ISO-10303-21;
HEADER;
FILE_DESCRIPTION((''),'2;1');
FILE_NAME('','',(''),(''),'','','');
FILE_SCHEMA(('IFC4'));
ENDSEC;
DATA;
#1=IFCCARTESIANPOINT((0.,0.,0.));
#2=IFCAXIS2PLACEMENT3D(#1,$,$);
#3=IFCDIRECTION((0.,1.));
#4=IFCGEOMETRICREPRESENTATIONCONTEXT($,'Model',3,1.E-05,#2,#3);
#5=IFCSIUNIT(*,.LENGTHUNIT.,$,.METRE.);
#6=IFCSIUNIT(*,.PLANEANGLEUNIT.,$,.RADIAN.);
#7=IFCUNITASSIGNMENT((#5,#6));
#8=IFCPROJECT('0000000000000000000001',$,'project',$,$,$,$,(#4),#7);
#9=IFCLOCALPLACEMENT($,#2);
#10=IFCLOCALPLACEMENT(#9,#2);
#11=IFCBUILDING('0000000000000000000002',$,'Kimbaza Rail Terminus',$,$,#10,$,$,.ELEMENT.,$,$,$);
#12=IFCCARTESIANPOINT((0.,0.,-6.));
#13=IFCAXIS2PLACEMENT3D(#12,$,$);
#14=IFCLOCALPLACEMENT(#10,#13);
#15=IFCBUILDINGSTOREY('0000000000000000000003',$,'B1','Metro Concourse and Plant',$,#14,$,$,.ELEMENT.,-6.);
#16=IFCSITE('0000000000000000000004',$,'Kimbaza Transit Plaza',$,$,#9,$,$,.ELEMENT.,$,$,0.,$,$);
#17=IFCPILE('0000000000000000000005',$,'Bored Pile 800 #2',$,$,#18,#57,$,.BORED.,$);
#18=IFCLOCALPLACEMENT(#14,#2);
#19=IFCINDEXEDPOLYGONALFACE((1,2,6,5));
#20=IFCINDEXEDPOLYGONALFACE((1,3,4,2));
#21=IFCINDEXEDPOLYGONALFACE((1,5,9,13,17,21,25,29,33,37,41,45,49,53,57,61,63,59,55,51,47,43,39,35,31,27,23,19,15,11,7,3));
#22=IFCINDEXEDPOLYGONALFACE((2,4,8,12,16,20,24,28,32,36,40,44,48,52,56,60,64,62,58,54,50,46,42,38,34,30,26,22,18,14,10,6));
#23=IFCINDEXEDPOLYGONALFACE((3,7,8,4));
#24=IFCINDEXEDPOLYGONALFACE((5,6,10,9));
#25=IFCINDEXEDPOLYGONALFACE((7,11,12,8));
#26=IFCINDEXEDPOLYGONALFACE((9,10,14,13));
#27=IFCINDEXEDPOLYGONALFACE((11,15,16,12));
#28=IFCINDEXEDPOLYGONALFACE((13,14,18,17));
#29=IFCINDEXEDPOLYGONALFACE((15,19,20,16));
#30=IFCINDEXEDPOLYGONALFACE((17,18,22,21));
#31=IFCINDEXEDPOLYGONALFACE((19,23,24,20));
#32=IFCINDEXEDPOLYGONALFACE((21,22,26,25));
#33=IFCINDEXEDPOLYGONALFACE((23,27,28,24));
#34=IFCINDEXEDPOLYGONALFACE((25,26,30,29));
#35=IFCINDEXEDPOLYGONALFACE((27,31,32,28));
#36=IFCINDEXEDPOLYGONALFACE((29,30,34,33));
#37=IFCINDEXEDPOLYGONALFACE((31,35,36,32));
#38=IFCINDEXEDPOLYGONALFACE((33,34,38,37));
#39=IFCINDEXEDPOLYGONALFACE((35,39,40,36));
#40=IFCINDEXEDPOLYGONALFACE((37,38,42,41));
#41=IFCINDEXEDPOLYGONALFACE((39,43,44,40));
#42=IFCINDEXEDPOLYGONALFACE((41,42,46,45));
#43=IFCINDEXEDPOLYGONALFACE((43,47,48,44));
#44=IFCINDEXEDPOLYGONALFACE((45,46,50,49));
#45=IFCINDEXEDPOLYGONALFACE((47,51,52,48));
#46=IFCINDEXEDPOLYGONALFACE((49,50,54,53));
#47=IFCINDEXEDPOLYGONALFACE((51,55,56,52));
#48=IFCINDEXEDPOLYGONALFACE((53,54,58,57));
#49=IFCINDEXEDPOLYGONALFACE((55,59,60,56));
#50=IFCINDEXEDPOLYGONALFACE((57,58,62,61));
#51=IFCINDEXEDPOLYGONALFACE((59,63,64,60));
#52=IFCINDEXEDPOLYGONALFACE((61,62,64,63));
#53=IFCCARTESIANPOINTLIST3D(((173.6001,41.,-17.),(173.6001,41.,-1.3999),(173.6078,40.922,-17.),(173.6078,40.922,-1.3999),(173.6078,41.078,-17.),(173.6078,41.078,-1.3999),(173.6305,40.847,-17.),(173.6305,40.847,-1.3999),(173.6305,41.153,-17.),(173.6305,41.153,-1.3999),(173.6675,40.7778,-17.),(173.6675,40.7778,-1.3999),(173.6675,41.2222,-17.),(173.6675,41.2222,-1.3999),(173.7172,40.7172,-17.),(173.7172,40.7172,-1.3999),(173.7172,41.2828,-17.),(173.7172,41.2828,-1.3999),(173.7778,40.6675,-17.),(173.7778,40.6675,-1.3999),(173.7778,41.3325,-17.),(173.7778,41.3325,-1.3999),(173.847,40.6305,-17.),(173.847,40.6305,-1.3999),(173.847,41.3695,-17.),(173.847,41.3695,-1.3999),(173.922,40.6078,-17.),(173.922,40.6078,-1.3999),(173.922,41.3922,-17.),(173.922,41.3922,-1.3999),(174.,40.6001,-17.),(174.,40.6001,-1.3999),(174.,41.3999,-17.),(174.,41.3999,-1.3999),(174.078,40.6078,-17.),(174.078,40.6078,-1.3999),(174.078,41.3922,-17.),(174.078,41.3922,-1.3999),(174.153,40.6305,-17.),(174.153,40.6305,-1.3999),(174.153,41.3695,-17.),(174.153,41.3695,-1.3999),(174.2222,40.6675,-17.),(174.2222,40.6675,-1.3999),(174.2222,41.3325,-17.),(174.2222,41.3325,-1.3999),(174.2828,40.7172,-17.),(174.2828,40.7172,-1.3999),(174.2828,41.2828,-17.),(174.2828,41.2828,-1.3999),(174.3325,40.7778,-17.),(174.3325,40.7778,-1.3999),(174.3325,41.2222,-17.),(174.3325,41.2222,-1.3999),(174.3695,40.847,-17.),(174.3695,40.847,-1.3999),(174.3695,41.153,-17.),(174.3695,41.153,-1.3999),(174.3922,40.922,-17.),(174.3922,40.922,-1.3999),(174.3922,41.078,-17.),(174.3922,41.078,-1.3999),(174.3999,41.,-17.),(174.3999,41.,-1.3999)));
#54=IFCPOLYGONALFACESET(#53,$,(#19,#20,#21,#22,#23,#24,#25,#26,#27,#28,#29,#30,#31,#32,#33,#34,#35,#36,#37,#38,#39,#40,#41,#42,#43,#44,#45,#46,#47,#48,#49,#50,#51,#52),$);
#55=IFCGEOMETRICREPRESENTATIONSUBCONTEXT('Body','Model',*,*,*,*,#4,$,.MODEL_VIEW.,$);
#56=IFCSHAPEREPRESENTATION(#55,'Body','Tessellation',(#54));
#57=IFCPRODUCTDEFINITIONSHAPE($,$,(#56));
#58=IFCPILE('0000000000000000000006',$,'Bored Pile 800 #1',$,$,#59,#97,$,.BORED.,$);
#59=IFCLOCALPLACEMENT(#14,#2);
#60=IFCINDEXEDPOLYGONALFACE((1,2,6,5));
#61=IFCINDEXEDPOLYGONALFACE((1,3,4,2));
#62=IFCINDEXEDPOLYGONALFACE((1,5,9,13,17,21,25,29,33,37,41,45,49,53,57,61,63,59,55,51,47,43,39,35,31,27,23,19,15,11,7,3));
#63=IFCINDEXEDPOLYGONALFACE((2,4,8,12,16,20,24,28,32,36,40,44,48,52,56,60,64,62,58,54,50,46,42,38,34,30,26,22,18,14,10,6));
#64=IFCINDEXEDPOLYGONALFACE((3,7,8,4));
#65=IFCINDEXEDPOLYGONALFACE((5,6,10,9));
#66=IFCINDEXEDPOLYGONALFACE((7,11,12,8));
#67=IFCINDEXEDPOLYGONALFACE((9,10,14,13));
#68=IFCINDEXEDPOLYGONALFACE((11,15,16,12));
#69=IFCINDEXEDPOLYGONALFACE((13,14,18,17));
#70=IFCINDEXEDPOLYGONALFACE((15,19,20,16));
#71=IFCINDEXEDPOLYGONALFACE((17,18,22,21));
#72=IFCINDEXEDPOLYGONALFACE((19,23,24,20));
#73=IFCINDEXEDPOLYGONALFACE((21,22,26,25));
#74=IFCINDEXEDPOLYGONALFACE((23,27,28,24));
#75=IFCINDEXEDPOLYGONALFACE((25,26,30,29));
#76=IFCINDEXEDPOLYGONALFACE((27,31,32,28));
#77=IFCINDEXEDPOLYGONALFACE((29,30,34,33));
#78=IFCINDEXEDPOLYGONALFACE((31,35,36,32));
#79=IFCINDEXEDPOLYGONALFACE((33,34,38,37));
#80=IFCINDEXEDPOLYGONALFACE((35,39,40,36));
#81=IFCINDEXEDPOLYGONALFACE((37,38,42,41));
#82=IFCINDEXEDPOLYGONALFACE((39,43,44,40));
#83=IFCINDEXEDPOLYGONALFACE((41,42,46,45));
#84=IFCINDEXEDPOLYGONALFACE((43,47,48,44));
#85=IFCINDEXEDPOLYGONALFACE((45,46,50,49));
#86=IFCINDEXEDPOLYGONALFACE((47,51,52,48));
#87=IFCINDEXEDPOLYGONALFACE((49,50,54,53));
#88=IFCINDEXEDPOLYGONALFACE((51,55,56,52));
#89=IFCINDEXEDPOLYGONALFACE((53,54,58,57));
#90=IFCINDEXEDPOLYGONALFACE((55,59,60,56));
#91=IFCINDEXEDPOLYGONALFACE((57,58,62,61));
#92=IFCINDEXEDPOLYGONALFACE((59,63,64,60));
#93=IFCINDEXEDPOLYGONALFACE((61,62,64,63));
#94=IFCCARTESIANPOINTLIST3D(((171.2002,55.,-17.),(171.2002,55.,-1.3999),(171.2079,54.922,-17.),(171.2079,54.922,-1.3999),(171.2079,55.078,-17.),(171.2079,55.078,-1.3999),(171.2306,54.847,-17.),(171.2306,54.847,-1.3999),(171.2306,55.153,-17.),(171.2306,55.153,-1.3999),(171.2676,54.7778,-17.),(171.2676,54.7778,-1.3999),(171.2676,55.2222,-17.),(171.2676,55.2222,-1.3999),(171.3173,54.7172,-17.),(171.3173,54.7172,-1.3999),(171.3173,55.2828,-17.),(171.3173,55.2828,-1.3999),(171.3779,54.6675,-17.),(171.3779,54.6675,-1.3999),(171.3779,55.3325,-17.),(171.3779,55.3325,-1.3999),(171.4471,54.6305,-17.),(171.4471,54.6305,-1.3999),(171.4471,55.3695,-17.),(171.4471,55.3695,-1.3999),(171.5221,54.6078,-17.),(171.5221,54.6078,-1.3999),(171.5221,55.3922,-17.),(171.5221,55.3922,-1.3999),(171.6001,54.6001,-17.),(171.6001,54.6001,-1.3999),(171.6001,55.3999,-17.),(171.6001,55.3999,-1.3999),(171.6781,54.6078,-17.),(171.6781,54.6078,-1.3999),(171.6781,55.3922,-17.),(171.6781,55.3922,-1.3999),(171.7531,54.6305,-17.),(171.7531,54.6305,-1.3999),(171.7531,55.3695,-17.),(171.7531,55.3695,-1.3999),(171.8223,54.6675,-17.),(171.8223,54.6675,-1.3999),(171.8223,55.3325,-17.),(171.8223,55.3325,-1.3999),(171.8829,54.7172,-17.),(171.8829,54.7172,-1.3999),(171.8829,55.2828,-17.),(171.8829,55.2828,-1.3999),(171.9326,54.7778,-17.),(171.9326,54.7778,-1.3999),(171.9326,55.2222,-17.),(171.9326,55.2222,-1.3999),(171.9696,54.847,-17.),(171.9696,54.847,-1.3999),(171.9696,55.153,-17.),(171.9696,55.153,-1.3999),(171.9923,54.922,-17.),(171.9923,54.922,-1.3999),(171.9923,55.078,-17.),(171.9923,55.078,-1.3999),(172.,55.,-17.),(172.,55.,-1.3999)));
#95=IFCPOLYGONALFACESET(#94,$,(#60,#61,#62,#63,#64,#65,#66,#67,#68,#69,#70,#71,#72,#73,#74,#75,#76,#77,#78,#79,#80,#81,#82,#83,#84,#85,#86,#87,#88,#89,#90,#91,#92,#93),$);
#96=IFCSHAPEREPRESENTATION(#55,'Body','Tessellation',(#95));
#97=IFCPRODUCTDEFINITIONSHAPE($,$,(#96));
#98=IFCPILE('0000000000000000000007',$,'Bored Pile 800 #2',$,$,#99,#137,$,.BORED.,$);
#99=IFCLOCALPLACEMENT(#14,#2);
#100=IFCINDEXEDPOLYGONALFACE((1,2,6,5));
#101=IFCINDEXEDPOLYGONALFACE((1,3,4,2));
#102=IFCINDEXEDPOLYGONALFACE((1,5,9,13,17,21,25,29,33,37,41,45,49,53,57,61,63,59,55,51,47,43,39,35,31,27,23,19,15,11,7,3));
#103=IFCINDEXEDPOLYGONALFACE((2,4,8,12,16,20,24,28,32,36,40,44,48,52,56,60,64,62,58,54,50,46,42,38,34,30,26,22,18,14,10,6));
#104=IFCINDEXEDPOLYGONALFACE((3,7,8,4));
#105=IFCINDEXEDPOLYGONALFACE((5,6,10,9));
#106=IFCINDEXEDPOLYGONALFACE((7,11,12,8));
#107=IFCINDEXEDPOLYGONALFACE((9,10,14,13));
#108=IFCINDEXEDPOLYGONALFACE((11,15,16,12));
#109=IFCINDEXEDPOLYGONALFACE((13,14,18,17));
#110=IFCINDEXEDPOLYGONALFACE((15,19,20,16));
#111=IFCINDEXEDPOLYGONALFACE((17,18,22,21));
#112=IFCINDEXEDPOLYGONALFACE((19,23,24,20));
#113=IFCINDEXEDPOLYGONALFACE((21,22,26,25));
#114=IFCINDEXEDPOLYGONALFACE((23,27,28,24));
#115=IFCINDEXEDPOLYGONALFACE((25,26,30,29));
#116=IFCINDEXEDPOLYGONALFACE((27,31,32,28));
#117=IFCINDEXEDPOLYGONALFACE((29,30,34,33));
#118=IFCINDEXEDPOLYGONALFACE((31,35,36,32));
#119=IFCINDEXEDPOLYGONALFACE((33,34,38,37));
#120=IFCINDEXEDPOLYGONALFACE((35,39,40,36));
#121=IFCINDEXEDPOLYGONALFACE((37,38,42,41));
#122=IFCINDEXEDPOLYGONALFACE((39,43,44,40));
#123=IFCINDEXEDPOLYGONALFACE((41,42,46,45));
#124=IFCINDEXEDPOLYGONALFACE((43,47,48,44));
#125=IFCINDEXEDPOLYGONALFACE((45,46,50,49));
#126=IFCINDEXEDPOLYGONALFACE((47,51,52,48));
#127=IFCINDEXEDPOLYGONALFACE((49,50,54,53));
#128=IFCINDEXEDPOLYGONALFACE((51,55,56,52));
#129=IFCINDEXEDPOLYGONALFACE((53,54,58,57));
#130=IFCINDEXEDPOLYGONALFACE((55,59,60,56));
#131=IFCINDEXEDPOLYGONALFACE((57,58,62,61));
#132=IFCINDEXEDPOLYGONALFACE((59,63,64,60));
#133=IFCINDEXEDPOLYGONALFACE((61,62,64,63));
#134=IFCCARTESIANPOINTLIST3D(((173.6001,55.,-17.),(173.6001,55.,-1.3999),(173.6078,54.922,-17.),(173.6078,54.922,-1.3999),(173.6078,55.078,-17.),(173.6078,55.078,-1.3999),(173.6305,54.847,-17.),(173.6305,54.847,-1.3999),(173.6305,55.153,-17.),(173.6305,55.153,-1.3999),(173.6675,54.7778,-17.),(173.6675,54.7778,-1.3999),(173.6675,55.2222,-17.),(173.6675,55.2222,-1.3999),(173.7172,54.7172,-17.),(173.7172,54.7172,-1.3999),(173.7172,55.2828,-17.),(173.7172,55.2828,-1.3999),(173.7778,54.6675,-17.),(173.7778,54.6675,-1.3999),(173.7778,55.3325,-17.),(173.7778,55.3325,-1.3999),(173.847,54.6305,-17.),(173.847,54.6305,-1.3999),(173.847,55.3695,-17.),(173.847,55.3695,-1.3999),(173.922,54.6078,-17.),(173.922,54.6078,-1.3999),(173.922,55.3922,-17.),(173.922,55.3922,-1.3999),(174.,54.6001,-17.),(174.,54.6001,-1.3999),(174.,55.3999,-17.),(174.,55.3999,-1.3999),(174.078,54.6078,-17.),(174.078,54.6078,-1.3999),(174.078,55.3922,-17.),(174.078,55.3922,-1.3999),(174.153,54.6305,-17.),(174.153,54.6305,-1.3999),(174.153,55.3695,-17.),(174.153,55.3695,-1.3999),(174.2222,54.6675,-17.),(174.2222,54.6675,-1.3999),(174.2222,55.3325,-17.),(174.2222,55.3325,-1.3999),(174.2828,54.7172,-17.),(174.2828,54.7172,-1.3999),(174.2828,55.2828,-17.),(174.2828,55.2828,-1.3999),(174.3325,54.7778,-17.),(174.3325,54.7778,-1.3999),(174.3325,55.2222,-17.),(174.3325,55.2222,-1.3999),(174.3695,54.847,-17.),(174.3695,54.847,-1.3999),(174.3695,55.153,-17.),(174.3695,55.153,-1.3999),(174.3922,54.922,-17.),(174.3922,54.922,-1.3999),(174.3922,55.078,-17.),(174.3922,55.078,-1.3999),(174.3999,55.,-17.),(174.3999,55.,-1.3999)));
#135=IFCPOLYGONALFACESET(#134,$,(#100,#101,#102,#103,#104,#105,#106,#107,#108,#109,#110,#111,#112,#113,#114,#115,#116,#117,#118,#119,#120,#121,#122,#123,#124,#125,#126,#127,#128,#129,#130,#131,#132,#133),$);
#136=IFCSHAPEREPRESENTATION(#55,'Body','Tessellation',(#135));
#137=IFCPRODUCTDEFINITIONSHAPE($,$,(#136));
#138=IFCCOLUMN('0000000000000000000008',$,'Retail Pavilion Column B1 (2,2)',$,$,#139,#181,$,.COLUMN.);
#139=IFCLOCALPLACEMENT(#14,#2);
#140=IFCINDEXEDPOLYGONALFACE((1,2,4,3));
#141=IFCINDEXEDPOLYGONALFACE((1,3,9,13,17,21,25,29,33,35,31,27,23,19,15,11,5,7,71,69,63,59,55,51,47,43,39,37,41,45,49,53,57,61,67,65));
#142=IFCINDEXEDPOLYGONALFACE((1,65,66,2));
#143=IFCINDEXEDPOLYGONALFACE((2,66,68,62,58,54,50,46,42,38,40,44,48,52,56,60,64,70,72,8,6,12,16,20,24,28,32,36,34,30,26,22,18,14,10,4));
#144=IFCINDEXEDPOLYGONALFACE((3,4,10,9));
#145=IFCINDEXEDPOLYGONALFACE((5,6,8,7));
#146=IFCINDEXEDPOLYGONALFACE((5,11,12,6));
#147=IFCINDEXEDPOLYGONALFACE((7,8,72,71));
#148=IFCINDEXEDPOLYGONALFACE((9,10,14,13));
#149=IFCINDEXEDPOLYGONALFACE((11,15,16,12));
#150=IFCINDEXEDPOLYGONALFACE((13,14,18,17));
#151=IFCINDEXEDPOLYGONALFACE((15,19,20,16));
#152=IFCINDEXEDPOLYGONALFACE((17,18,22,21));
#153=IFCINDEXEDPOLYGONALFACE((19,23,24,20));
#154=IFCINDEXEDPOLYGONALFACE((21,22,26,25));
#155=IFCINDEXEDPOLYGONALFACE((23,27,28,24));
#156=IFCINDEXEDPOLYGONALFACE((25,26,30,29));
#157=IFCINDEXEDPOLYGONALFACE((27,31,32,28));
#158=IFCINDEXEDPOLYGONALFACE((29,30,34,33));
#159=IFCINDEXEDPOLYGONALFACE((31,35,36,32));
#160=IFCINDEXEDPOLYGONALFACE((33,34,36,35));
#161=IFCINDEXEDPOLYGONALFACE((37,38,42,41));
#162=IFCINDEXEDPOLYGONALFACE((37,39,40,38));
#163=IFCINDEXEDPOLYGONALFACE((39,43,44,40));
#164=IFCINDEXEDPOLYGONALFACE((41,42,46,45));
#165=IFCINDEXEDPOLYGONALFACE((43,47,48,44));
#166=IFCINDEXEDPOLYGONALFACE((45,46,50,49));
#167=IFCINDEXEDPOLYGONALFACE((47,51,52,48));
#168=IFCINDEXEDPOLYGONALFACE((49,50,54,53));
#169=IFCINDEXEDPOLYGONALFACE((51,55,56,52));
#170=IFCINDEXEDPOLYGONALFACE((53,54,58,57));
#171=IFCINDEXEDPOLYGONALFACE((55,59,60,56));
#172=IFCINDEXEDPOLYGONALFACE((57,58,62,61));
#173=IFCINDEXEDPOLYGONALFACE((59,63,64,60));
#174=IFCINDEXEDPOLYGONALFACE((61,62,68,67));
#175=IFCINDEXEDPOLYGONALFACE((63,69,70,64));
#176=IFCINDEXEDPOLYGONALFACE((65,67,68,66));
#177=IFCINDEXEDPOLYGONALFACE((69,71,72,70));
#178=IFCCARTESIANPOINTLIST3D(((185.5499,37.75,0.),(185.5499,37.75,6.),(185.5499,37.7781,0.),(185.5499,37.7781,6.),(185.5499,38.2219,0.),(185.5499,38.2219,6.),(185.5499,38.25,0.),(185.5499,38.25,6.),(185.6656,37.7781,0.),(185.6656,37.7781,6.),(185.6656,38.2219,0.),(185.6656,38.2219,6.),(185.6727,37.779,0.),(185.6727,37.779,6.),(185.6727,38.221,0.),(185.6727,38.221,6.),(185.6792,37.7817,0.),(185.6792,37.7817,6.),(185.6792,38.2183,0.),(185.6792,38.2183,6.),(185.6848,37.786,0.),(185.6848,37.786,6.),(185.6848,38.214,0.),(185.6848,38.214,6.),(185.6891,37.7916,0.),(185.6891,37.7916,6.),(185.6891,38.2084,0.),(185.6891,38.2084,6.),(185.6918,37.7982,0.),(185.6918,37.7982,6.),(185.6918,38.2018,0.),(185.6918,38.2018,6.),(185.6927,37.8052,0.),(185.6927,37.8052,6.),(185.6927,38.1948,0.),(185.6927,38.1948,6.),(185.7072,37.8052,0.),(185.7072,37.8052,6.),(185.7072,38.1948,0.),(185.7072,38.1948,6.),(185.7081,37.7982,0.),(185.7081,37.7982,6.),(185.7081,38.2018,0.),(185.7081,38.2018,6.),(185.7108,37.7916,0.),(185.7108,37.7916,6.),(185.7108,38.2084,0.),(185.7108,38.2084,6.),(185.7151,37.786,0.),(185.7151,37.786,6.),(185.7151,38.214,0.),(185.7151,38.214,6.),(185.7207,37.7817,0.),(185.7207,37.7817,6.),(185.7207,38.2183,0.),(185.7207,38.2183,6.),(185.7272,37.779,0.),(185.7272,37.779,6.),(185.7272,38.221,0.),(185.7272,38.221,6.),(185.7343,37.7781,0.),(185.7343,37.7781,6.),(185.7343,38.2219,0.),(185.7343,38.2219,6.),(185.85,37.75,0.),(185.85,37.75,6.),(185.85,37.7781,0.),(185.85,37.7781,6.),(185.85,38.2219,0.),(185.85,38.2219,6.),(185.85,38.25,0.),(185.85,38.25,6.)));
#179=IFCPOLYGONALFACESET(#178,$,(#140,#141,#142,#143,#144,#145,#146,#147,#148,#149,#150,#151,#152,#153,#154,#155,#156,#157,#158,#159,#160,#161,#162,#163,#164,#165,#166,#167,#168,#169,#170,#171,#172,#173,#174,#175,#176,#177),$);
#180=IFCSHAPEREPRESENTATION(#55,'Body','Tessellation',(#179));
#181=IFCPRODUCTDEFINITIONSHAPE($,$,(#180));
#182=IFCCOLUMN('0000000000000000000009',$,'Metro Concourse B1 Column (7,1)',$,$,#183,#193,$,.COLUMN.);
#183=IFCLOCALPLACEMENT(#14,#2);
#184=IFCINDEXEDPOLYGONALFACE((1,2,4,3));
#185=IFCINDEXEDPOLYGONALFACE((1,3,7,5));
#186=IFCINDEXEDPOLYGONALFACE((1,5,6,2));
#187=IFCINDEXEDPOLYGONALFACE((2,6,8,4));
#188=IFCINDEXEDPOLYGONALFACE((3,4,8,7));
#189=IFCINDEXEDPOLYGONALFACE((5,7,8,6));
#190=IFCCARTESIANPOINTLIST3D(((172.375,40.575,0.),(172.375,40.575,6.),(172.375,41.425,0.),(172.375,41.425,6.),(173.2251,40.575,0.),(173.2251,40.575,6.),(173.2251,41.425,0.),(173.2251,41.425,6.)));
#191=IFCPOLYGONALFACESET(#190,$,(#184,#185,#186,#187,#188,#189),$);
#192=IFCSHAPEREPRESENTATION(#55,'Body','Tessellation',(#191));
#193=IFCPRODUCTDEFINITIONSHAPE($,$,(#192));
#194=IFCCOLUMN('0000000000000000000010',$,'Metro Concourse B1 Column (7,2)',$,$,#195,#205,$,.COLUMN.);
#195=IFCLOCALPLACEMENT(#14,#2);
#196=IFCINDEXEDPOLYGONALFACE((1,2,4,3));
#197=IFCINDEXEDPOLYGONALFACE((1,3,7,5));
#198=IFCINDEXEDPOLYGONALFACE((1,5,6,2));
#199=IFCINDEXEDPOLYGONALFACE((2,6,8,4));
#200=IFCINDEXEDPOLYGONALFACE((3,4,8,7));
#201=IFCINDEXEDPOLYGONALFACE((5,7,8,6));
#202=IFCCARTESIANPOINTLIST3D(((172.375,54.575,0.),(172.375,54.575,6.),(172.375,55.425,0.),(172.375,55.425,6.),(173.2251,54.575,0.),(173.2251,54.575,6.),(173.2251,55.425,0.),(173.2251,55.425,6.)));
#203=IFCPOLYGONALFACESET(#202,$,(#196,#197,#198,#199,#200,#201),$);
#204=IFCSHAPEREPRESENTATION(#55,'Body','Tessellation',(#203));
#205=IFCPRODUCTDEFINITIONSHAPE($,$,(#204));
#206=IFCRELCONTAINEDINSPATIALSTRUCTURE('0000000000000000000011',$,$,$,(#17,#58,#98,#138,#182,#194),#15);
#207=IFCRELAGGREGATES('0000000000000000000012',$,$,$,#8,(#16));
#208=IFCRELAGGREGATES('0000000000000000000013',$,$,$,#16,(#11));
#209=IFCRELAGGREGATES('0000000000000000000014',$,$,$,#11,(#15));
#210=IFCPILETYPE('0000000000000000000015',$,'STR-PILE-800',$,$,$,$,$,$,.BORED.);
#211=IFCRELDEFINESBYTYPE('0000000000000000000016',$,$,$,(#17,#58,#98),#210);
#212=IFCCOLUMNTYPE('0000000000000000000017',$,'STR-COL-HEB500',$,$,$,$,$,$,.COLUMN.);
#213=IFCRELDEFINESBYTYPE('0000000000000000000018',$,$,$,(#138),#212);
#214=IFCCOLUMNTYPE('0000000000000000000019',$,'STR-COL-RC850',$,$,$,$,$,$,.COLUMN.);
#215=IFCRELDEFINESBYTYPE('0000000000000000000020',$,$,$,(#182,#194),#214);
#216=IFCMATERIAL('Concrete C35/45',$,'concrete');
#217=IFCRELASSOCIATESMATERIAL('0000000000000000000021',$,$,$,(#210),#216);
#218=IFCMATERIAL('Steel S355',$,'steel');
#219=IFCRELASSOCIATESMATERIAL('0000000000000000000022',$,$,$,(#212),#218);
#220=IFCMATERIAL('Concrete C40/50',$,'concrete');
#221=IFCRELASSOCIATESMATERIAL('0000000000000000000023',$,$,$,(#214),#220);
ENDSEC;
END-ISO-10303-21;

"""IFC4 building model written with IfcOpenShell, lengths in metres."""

from ifc_helpers import new_model, si_unit, direction, frame, origin, origin_2d, place, context, subcontext, project, spatial, rectangle, circle, i_section, extrude, material, material_profile, profile_set, type_object, element, save


model = new_model("IFC4")

# Units and contexts
model_context = context("Model", 3, precision=1e-05, world=origin(), true_north=direction((0.0, 1.0)))
body_context = subcontext(model_context, "Body", "Model", "MODEL_VIEW")
ifc_project = project(units=[si_unit("LENGTHUNIT", "METRE"), si_unit("PLANEANGLEUNIT", "RADIAN")], contexts=[model_context])

# Site, building, storey
site_placement = place(None, origin())
site = spatial("IfcSite", under=ifc_project, at=site_placement, Name="Kimbaza Transit Plaza", CompositionType="ELEMENT", RefElevation=0.0)
building_placement = place(site_placement, origin())
building = spatial("IfcBuilding", under=site, at=building_placement, Name="Kimbaza Rail Terminus", CompositionType="ELEMENT")
storey_placement = place(building_placement, frame((0.0, 0.0, -6.0)))
storey = spatial("IfcBuildingStorey", under=building, at=storey_placement, Name="B1", Description="Metro Concourse and Plant", CompositionType="ELEMENT", Elevation=-6.0)

# Piles
ifc_material_1 = material(Name="Concrete C35/45", Category="concrete")
ifc_material_profile_1 = material_profile(ifc_material_1, circle(Radius=0.3999, at=origin_2d()), Name="BORED PILE 800")
ifc_profile_set_1 = profile_set([ifc_material_profile_1], Name="Concrete C35/45")
pile_type_1 = type_object("IfcPileType", Name="STR-PILE-800", PredefinedType="BORED", material=ifc_profile_set_1)
for number, where, z_axis, x_axis, name in (
    (1, (174.0, 41.0, -1.3999), (0.0, 0.0, -1.0), (1.0, 0.0, 0.0), "Bored Pile 800 #2"),
    (2, (171.6001, 55.0, -1.3999), (0.0, 0.0, -1.0), (1.0, 0.0, 0.0), "Bored Pile 800 #1"),
    (3, (174.0, 55.0, -1.3999), (0.0, 0.0, -1.0), (1.0, 0.0, 0.0), "Bored Pile 800 #2"),
):
    element("IfcPile", number, at=place(storey_placement, frame(where, z_axis=z_axis, x_axis=x_axis)), inside=storey, type_object=pile_type_1, Name=name, PredefinedType="BORED", context=body_context, shape_type="SweptSolid", body=[
        extrude(circle(Radius=0.3999, at=origin_2d()), origin(), (0.0, 0.0, 1.0), 15.6001),
    ])

# Columns
ifc_material_2 = material(Name="Steel S355", Category="steel")
ifc_material_profile_2 = material_profile(ifc_material_2, i_section(OverallWidth=0.3, OverallDepth=0.5, WebThickness=0.0144, FlangeThickness=0.0281, FilletRadius=0.0271, at=origin_2d()), Name="HEB 500")
ifc_profile_set_2 = profile_set([ifc_material_profile_2], Name="Steel S355")
column_type_1 = type_object("IfcColumnType", Name="STR-COL-HEB500", PredefinedType="COLUMN", material=ifc_profile_set_2)
column_placement = place(storey_placement, frame((185.7, 38.0, 0.0), z_axis=(0.0, 0.0, 1.0), x_axis=(1.0, 0.0, 0.0)))
element("IfcColumn", 4, at=column_placement, inside=storey, type_object=column_type_1, Name="Retail Pavilion Column B1 (2,2)", PredefinedType="COLUMN", context=body_context, shape_type="SweptSolid", body=[
    extrude(i_section(OverallWidth=0.3, OverallDepth=0.5, WebThickness=0.0144, FlangeThickness=0.0281, FilletRadius=0.0271, at=origin_2d()), origin(), (0.0, 0.0, 1.0), 6.0),
])
ifc_material_3 = material(Name="Concrete C40/50", Category="concrete")
ifc_material_profile_3 = material_profile(ifc_material_3, rectangle(XDim=0.8501, YDim=0.8501, at=origin_2d()), Name="RC 850x850")
ifc_profile_set_3 = profile_set([ifc_material_profile_3], Name="Concrete C40/50")
column_type_2 = type_object("IfcColumnType", Name="STR-COL-RC850", PredefinedType="COLUMN", material=ifc_profile_set_3)
for number, where, z_axis, x_axis, name in (
    (5, (172.8, 41.0, 0.0), (0.0, 0.0, 1.0), (1.0, 0.0, 0.0), "Metro Concourse B1 Column (7,1)"),
    (6, (172.8, 55.0, 0.0), (0.0, 0.0, 1.0), (1.0, 0.0, 0.0), "Metro Concourse B1 Column (7,2)"),
):
    element("IfcColumn", number, at=place(storey_placement, frame(where, z_axis=z_axis, x_axis=x_axis)), inside=storey, type_object=column_type_2, Name=name, PredefinedType="COLUMN", context=body_context, shape_type="SweptSolid", body=[
        extrude(rectangle(XDim=0.8501, YDim=0.8501, at=origin_2d()), origin(), (0.0, 0.0, 1.0), 6.0),
    ])

save(model, "model.ifc")
